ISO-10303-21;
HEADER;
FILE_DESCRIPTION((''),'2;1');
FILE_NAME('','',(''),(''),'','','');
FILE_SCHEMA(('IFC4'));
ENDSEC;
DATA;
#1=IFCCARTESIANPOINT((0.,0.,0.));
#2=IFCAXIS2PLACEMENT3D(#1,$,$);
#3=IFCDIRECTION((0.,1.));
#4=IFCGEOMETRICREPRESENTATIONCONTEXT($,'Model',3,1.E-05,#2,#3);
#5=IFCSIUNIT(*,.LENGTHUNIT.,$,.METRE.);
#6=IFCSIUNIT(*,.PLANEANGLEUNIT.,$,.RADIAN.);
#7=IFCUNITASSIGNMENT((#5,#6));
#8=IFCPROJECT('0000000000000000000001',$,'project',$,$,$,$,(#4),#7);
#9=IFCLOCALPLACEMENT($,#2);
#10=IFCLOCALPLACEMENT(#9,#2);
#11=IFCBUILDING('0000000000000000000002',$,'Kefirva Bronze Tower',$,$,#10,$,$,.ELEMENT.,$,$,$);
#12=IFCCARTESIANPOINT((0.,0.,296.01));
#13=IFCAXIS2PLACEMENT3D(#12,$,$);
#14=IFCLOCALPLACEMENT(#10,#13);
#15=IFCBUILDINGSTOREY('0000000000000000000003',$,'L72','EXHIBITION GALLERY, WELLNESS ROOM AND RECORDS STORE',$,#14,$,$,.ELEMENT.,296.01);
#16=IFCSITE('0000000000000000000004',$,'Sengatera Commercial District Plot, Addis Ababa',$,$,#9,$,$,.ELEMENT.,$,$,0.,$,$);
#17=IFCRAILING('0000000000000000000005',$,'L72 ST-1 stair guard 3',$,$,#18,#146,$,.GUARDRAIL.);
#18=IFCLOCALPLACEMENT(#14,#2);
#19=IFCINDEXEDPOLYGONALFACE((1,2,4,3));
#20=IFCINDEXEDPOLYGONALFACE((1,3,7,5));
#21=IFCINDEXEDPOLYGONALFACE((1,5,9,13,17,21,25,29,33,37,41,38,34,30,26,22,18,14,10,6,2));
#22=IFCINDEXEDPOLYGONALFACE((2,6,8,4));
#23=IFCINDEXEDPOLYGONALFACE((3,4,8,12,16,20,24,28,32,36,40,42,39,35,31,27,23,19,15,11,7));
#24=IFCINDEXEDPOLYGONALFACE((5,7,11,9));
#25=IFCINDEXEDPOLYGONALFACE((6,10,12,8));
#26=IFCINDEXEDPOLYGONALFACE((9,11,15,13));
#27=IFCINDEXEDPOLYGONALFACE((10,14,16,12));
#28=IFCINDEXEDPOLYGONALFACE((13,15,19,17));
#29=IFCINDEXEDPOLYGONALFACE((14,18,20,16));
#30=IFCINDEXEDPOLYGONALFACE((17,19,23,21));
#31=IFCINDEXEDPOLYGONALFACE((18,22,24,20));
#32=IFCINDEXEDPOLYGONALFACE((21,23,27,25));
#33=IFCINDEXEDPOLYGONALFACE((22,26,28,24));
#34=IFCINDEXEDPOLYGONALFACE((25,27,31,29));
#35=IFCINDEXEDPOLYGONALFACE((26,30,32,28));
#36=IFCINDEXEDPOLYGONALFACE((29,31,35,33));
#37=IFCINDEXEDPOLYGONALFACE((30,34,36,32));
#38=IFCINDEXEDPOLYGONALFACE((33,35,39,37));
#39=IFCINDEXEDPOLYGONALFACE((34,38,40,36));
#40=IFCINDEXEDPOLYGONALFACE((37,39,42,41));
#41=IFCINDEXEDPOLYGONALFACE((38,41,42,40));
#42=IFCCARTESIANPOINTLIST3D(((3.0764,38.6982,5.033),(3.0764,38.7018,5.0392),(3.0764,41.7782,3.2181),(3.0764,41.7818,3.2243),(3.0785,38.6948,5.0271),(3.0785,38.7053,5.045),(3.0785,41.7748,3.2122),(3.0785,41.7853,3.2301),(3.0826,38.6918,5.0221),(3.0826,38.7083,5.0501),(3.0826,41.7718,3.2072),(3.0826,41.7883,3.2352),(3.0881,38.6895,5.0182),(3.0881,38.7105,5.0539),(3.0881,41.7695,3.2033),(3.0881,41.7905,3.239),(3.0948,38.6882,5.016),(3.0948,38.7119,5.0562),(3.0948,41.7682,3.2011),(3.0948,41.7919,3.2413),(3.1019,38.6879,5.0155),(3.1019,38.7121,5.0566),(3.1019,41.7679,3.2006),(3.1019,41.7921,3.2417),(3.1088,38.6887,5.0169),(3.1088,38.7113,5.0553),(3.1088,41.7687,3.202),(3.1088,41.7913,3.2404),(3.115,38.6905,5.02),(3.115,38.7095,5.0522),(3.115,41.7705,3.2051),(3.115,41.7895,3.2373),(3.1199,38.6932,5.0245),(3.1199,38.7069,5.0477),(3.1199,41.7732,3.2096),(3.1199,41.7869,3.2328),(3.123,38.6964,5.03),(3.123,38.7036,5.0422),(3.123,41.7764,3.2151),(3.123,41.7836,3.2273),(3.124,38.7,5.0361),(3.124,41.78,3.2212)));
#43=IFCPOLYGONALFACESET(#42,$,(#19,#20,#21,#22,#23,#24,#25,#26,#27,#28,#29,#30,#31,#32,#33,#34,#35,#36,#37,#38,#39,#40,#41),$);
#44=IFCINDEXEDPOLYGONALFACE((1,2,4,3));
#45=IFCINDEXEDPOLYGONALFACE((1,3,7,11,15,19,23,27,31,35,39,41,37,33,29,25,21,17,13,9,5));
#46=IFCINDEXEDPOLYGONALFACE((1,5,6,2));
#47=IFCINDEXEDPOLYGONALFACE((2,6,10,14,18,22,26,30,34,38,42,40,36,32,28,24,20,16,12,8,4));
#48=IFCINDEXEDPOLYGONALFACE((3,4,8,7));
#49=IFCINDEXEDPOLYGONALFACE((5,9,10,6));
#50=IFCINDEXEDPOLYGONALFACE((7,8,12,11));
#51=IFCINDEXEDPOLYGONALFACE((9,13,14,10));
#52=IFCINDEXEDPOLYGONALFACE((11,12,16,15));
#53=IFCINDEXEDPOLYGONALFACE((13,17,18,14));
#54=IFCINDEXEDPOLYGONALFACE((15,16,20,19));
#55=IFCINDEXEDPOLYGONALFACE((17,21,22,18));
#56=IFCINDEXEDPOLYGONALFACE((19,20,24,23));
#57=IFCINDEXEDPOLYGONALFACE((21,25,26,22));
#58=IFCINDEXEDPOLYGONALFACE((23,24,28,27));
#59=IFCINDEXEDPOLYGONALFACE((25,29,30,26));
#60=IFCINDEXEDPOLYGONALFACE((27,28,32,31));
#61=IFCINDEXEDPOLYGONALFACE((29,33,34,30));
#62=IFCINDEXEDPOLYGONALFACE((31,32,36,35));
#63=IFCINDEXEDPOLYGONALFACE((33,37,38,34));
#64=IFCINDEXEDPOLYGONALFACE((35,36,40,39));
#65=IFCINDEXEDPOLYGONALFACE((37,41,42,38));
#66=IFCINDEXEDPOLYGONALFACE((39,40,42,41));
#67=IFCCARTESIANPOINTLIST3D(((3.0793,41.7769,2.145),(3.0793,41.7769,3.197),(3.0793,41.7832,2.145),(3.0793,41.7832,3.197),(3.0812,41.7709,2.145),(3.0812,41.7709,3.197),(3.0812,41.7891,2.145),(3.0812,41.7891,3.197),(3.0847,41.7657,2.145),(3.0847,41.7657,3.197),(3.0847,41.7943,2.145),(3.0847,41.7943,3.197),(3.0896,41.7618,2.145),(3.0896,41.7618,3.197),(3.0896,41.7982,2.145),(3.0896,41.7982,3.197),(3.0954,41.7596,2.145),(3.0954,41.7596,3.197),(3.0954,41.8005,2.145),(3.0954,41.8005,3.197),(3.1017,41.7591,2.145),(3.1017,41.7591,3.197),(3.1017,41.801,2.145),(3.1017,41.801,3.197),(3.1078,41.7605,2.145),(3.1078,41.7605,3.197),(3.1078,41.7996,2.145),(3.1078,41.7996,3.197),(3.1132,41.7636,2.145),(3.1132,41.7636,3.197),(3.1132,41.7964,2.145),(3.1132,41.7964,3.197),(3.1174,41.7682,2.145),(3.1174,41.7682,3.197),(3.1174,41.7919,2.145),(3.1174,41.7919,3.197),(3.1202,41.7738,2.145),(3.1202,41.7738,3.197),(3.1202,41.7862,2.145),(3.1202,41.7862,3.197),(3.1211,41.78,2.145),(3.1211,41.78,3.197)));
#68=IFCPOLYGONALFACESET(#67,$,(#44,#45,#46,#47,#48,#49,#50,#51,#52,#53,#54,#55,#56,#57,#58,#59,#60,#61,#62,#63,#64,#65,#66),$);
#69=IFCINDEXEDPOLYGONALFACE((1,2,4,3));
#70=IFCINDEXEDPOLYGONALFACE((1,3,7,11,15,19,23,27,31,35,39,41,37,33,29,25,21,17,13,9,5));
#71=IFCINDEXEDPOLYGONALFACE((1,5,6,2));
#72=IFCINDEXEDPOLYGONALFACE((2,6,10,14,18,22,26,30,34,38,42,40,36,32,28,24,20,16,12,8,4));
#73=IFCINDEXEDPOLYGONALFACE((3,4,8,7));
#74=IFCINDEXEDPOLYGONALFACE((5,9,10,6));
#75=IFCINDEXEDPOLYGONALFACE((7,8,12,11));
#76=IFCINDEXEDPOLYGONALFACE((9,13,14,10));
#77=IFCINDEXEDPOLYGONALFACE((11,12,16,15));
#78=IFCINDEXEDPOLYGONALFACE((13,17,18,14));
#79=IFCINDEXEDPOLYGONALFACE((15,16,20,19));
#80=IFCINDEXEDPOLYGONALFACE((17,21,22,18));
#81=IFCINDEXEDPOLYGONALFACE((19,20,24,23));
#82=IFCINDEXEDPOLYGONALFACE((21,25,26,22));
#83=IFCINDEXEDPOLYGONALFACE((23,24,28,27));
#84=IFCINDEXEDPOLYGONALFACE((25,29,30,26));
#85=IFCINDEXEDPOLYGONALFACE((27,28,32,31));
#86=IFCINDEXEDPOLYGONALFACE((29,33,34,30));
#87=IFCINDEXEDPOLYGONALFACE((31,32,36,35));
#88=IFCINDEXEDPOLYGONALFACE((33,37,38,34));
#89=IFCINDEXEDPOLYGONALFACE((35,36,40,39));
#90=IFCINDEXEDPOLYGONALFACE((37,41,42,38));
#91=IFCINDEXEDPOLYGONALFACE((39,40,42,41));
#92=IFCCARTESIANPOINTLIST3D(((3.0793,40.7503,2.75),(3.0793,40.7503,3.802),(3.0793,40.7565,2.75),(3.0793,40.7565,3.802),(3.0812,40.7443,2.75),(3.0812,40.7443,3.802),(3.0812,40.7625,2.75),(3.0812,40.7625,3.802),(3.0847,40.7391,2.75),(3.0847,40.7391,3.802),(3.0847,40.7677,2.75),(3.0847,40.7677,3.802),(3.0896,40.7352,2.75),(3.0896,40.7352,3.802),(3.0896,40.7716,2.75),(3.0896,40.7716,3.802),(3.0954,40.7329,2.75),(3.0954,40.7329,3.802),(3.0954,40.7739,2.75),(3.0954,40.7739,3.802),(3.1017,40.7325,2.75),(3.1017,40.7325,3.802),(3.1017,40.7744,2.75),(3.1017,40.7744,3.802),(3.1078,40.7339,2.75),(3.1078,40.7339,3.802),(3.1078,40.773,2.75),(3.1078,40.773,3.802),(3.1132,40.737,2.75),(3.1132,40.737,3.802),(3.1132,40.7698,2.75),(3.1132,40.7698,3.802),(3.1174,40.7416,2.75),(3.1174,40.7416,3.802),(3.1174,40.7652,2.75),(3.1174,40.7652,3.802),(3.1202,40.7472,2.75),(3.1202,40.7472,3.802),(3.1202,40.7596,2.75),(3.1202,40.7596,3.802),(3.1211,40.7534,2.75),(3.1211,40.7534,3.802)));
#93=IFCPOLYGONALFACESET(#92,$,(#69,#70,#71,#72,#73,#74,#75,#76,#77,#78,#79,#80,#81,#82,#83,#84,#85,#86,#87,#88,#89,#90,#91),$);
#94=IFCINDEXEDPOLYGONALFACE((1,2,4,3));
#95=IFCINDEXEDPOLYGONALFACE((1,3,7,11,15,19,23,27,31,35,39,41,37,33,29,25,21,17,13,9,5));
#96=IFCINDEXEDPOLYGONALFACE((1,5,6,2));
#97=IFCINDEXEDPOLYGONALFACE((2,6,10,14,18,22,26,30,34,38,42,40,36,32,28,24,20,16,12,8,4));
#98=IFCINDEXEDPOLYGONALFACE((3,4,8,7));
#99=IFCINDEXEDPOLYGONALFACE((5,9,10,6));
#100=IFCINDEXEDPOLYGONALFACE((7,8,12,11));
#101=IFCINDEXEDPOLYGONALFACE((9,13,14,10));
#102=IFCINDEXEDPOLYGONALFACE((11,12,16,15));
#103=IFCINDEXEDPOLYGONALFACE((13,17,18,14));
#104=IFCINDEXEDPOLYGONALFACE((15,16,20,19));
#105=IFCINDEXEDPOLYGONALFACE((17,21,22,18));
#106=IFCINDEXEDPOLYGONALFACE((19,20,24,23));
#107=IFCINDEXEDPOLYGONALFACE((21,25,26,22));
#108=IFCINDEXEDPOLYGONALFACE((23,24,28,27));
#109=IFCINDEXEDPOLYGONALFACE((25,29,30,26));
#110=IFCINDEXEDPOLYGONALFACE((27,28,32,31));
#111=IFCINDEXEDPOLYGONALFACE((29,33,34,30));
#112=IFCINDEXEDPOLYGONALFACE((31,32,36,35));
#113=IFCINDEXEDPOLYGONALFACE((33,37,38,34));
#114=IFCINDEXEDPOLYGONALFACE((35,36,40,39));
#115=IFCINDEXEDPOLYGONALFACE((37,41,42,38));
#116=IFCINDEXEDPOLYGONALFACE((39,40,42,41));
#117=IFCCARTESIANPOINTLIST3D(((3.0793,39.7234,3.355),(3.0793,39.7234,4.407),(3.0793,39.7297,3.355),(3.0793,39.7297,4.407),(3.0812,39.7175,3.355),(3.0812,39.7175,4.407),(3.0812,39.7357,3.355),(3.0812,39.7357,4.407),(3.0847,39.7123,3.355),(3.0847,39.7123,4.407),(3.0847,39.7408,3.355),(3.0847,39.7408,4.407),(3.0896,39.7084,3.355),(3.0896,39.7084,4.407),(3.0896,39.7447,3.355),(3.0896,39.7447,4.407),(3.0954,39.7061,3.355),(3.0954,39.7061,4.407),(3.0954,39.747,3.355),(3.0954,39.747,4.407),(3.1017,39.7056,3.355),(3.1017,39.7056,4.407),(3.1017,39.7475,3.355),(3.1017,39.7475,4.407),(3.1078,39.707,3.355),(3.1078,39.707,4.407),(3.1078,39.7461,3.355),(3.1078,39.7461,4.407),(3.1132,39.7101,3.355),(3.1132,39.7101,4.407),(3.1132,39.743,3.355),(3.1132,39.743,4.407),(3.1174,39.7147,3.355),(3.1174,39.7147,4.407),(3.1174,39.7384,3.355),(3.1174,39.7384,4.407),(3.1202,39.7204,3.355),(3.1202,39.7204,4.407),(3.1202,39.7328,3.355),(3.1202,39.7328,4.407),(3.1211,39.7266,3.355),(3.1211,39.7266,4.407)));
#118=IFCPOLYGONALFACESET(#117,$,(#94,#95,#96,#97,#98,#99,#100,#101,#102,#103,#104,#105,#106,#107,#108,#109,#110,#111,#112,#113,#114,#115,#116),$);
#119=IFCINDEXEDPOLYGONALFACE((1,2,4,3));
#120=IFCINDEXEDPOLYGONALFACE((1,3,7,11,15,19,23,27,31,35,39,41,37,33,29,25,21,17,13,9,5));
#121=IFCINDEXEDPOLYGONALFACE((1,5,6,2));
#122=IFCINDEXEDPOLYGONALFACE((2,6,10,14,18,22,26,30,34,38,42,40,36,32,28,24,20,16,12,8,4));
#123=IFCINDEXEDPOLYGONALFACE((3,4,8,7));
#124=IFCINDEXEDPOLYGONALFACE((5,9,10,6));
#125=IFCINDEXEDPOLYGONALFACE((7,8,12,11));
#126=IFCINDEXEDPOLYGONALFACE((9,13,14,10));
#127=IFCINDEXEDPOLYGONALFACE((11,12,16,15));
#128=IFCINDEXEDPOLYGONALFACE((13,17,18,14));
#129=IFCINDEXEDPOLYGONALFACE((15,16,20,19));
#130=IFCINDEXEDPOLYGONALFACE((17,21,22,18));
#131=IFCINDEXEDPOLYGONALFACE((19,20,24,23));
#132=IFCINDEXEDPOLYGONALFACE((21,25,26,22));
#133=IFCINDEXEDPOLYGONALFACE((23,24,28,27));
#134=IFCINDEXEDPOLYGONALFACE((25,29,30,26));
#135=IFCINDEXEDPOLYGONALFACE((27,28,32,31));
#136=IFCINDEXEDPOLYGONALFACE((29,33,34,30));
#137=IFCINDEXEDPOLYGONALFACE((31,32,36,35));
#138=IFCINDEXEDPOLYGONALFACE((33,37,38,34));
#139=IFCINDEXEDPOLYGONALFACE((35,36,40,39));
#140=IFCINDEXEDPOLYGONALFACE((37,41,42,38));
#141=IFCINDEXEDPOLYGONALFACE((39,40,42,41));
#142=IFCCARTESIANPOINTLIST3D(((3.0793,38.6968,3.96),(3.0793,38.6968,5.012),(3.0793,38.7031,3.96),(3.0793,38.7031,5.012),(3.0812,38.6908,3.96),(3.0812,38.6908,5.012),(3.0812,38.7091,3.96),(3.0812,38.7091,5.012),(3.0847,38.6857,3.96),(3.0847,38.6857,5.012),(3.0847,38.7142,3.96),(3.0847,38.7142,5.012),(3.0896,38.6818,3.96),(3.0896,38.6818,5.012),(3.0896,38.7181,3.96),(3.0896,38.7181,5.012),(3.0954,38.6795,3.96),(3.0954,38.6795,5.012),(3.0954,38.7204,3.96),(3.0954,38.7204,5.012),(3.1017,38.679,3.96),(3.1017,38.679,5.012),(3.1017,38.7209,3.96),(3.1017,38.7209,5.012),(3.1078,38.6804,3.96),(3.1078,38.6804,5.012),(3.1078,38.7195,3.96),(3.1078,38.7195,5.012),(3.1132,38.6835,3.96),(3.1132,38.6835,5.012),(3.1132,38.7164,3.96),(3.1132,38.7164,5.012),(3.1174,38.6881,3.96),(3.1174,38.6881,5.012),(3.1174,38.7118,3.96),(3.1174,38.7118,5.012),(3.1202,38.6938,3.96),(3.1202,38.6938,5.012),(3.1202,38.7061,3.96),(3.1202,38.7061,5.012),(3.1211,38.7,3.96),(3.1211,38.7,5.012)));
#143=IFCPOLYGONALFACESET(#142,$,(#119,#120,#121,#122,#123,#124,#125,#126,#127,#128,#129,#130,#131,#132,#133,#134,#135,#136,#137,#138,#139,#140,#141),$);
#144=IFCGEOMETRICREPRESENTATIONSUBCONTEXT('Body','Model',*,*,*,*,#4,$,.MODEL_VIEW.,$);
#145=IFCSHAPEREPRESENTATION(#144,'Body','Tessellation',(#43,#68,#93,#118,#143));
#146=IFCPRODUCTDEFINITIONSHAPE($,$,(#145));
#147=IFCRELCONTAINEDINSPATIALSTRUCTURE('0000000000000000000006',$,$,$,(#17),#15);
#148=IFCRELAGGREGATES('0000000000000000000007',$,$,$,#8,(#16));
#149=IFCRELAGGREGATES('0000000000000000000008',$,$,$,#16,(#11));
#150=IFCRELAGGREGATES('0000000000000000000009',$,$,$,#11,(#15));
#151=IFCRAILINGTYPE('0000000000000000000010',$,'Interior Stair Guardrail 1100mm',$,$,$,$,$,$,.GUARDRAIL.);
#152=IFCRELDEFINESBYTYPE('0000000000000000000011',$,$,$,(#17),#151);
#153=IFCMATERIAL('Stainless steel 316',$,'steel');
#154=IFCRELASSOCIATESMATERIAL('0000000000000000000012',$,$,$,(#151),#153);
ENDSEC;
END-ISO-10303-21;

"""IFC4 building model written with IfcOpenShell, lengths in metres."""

from ifc_helpers import new_model, si_unit, direction, frame, origin, origin_2d, place, context, subcontext, project, spatial, circle, extrude, material, type_object, element, save


model = new_model("IFC4")

# Units and contexts
model_context = context("Model", 3, precision=1e-05, world=origin(), true_north=direction((0.0, 1.0)))
body_context = subcontext(model_context, "Body", "Model", "MODEL_VIEW")
ifc_project = project(units=[si_unit("LENGTHUNIT", "METRE"), si_unit("PLANEANGLEUNIT", "RADIAN")], contexts=[model_context])

# Site, building, storey
site_placement = place(None, origin())
site = spatial("IfcSite", under=ifc_project, at=site_placement, Name="Sengatera Commercial District Plot, Addis Ababa", CompositionType="ELEMENT", RefElevation=0.0)
building_placement = place(site_placement, origin())
building = spatial("IfcBuilding", under=site, at=building_placement, Name="Kefirva Bronze Tower", CompositionType="ELEMENT")
storey_placement = place(building_placement, frame((0.0, 0.0, 296.01)))
storey = spatial("IfcBuildingStorey", under=building, at=storey_placement, Name="L72", Description="EXHIBITION GALLERY, WELLNESS ROOM AND RECORDS STORE", CompositionType="ELEMENT", Elevation=296.01)

# Railing
ifc_material_1 = material(Name="Stainless steel 316", Category="steel")
railing_type_1 = type_object("IfcRailingType", Name="Interior Stair Guardrail 1100mm", PredefinedType="GUARDRAIL", material=ifc_material_1)
railing_1_placement = place(storey_placement, frame((3.1001, 41.78, 2.145)))
element("IfcRailing", 1, at=railing_1_placement, inside=storey, type_object=railing_type_1, Name="L72 ST-1 stair guard 3", PredefinedType="GUARDRAIL", context=body_context, shape_type="SweptSolid", body=[
    extrude(circle(Radius=0.0239, at=origin_2d()), frame((0.0, 0.0, 1.0762), z_axis=(0.0, -0.861551, 0.507671), x_axis=(1.0, 0.0, 0.0)), (0.0, 0.0, 1.0), 3.575),
    extrude(circle(Radius=0.021, at=origin_2d()), origin(), (0.0, 0.0, 1.0), 1.052),
    extrude(circle(Radius=0.021, at=origin_2d()), frame((0.0, -1.0266, 0.605)), (0.0, 0.0, 1.0), 1.052),
    extrude(circle(Radius=0.021, at=origin_2d()), frame((0.0, -2.0535, 1.21)), (0.0, 0.0, 1.0), 1.052),
    extrude(circle(Radius=0.021, at=origin_2d()), frame((0.0, -3.0801, 1.8149)), (0.0, 0.0, 1.0), 1.052),
])

save(model, "model.ifc")
